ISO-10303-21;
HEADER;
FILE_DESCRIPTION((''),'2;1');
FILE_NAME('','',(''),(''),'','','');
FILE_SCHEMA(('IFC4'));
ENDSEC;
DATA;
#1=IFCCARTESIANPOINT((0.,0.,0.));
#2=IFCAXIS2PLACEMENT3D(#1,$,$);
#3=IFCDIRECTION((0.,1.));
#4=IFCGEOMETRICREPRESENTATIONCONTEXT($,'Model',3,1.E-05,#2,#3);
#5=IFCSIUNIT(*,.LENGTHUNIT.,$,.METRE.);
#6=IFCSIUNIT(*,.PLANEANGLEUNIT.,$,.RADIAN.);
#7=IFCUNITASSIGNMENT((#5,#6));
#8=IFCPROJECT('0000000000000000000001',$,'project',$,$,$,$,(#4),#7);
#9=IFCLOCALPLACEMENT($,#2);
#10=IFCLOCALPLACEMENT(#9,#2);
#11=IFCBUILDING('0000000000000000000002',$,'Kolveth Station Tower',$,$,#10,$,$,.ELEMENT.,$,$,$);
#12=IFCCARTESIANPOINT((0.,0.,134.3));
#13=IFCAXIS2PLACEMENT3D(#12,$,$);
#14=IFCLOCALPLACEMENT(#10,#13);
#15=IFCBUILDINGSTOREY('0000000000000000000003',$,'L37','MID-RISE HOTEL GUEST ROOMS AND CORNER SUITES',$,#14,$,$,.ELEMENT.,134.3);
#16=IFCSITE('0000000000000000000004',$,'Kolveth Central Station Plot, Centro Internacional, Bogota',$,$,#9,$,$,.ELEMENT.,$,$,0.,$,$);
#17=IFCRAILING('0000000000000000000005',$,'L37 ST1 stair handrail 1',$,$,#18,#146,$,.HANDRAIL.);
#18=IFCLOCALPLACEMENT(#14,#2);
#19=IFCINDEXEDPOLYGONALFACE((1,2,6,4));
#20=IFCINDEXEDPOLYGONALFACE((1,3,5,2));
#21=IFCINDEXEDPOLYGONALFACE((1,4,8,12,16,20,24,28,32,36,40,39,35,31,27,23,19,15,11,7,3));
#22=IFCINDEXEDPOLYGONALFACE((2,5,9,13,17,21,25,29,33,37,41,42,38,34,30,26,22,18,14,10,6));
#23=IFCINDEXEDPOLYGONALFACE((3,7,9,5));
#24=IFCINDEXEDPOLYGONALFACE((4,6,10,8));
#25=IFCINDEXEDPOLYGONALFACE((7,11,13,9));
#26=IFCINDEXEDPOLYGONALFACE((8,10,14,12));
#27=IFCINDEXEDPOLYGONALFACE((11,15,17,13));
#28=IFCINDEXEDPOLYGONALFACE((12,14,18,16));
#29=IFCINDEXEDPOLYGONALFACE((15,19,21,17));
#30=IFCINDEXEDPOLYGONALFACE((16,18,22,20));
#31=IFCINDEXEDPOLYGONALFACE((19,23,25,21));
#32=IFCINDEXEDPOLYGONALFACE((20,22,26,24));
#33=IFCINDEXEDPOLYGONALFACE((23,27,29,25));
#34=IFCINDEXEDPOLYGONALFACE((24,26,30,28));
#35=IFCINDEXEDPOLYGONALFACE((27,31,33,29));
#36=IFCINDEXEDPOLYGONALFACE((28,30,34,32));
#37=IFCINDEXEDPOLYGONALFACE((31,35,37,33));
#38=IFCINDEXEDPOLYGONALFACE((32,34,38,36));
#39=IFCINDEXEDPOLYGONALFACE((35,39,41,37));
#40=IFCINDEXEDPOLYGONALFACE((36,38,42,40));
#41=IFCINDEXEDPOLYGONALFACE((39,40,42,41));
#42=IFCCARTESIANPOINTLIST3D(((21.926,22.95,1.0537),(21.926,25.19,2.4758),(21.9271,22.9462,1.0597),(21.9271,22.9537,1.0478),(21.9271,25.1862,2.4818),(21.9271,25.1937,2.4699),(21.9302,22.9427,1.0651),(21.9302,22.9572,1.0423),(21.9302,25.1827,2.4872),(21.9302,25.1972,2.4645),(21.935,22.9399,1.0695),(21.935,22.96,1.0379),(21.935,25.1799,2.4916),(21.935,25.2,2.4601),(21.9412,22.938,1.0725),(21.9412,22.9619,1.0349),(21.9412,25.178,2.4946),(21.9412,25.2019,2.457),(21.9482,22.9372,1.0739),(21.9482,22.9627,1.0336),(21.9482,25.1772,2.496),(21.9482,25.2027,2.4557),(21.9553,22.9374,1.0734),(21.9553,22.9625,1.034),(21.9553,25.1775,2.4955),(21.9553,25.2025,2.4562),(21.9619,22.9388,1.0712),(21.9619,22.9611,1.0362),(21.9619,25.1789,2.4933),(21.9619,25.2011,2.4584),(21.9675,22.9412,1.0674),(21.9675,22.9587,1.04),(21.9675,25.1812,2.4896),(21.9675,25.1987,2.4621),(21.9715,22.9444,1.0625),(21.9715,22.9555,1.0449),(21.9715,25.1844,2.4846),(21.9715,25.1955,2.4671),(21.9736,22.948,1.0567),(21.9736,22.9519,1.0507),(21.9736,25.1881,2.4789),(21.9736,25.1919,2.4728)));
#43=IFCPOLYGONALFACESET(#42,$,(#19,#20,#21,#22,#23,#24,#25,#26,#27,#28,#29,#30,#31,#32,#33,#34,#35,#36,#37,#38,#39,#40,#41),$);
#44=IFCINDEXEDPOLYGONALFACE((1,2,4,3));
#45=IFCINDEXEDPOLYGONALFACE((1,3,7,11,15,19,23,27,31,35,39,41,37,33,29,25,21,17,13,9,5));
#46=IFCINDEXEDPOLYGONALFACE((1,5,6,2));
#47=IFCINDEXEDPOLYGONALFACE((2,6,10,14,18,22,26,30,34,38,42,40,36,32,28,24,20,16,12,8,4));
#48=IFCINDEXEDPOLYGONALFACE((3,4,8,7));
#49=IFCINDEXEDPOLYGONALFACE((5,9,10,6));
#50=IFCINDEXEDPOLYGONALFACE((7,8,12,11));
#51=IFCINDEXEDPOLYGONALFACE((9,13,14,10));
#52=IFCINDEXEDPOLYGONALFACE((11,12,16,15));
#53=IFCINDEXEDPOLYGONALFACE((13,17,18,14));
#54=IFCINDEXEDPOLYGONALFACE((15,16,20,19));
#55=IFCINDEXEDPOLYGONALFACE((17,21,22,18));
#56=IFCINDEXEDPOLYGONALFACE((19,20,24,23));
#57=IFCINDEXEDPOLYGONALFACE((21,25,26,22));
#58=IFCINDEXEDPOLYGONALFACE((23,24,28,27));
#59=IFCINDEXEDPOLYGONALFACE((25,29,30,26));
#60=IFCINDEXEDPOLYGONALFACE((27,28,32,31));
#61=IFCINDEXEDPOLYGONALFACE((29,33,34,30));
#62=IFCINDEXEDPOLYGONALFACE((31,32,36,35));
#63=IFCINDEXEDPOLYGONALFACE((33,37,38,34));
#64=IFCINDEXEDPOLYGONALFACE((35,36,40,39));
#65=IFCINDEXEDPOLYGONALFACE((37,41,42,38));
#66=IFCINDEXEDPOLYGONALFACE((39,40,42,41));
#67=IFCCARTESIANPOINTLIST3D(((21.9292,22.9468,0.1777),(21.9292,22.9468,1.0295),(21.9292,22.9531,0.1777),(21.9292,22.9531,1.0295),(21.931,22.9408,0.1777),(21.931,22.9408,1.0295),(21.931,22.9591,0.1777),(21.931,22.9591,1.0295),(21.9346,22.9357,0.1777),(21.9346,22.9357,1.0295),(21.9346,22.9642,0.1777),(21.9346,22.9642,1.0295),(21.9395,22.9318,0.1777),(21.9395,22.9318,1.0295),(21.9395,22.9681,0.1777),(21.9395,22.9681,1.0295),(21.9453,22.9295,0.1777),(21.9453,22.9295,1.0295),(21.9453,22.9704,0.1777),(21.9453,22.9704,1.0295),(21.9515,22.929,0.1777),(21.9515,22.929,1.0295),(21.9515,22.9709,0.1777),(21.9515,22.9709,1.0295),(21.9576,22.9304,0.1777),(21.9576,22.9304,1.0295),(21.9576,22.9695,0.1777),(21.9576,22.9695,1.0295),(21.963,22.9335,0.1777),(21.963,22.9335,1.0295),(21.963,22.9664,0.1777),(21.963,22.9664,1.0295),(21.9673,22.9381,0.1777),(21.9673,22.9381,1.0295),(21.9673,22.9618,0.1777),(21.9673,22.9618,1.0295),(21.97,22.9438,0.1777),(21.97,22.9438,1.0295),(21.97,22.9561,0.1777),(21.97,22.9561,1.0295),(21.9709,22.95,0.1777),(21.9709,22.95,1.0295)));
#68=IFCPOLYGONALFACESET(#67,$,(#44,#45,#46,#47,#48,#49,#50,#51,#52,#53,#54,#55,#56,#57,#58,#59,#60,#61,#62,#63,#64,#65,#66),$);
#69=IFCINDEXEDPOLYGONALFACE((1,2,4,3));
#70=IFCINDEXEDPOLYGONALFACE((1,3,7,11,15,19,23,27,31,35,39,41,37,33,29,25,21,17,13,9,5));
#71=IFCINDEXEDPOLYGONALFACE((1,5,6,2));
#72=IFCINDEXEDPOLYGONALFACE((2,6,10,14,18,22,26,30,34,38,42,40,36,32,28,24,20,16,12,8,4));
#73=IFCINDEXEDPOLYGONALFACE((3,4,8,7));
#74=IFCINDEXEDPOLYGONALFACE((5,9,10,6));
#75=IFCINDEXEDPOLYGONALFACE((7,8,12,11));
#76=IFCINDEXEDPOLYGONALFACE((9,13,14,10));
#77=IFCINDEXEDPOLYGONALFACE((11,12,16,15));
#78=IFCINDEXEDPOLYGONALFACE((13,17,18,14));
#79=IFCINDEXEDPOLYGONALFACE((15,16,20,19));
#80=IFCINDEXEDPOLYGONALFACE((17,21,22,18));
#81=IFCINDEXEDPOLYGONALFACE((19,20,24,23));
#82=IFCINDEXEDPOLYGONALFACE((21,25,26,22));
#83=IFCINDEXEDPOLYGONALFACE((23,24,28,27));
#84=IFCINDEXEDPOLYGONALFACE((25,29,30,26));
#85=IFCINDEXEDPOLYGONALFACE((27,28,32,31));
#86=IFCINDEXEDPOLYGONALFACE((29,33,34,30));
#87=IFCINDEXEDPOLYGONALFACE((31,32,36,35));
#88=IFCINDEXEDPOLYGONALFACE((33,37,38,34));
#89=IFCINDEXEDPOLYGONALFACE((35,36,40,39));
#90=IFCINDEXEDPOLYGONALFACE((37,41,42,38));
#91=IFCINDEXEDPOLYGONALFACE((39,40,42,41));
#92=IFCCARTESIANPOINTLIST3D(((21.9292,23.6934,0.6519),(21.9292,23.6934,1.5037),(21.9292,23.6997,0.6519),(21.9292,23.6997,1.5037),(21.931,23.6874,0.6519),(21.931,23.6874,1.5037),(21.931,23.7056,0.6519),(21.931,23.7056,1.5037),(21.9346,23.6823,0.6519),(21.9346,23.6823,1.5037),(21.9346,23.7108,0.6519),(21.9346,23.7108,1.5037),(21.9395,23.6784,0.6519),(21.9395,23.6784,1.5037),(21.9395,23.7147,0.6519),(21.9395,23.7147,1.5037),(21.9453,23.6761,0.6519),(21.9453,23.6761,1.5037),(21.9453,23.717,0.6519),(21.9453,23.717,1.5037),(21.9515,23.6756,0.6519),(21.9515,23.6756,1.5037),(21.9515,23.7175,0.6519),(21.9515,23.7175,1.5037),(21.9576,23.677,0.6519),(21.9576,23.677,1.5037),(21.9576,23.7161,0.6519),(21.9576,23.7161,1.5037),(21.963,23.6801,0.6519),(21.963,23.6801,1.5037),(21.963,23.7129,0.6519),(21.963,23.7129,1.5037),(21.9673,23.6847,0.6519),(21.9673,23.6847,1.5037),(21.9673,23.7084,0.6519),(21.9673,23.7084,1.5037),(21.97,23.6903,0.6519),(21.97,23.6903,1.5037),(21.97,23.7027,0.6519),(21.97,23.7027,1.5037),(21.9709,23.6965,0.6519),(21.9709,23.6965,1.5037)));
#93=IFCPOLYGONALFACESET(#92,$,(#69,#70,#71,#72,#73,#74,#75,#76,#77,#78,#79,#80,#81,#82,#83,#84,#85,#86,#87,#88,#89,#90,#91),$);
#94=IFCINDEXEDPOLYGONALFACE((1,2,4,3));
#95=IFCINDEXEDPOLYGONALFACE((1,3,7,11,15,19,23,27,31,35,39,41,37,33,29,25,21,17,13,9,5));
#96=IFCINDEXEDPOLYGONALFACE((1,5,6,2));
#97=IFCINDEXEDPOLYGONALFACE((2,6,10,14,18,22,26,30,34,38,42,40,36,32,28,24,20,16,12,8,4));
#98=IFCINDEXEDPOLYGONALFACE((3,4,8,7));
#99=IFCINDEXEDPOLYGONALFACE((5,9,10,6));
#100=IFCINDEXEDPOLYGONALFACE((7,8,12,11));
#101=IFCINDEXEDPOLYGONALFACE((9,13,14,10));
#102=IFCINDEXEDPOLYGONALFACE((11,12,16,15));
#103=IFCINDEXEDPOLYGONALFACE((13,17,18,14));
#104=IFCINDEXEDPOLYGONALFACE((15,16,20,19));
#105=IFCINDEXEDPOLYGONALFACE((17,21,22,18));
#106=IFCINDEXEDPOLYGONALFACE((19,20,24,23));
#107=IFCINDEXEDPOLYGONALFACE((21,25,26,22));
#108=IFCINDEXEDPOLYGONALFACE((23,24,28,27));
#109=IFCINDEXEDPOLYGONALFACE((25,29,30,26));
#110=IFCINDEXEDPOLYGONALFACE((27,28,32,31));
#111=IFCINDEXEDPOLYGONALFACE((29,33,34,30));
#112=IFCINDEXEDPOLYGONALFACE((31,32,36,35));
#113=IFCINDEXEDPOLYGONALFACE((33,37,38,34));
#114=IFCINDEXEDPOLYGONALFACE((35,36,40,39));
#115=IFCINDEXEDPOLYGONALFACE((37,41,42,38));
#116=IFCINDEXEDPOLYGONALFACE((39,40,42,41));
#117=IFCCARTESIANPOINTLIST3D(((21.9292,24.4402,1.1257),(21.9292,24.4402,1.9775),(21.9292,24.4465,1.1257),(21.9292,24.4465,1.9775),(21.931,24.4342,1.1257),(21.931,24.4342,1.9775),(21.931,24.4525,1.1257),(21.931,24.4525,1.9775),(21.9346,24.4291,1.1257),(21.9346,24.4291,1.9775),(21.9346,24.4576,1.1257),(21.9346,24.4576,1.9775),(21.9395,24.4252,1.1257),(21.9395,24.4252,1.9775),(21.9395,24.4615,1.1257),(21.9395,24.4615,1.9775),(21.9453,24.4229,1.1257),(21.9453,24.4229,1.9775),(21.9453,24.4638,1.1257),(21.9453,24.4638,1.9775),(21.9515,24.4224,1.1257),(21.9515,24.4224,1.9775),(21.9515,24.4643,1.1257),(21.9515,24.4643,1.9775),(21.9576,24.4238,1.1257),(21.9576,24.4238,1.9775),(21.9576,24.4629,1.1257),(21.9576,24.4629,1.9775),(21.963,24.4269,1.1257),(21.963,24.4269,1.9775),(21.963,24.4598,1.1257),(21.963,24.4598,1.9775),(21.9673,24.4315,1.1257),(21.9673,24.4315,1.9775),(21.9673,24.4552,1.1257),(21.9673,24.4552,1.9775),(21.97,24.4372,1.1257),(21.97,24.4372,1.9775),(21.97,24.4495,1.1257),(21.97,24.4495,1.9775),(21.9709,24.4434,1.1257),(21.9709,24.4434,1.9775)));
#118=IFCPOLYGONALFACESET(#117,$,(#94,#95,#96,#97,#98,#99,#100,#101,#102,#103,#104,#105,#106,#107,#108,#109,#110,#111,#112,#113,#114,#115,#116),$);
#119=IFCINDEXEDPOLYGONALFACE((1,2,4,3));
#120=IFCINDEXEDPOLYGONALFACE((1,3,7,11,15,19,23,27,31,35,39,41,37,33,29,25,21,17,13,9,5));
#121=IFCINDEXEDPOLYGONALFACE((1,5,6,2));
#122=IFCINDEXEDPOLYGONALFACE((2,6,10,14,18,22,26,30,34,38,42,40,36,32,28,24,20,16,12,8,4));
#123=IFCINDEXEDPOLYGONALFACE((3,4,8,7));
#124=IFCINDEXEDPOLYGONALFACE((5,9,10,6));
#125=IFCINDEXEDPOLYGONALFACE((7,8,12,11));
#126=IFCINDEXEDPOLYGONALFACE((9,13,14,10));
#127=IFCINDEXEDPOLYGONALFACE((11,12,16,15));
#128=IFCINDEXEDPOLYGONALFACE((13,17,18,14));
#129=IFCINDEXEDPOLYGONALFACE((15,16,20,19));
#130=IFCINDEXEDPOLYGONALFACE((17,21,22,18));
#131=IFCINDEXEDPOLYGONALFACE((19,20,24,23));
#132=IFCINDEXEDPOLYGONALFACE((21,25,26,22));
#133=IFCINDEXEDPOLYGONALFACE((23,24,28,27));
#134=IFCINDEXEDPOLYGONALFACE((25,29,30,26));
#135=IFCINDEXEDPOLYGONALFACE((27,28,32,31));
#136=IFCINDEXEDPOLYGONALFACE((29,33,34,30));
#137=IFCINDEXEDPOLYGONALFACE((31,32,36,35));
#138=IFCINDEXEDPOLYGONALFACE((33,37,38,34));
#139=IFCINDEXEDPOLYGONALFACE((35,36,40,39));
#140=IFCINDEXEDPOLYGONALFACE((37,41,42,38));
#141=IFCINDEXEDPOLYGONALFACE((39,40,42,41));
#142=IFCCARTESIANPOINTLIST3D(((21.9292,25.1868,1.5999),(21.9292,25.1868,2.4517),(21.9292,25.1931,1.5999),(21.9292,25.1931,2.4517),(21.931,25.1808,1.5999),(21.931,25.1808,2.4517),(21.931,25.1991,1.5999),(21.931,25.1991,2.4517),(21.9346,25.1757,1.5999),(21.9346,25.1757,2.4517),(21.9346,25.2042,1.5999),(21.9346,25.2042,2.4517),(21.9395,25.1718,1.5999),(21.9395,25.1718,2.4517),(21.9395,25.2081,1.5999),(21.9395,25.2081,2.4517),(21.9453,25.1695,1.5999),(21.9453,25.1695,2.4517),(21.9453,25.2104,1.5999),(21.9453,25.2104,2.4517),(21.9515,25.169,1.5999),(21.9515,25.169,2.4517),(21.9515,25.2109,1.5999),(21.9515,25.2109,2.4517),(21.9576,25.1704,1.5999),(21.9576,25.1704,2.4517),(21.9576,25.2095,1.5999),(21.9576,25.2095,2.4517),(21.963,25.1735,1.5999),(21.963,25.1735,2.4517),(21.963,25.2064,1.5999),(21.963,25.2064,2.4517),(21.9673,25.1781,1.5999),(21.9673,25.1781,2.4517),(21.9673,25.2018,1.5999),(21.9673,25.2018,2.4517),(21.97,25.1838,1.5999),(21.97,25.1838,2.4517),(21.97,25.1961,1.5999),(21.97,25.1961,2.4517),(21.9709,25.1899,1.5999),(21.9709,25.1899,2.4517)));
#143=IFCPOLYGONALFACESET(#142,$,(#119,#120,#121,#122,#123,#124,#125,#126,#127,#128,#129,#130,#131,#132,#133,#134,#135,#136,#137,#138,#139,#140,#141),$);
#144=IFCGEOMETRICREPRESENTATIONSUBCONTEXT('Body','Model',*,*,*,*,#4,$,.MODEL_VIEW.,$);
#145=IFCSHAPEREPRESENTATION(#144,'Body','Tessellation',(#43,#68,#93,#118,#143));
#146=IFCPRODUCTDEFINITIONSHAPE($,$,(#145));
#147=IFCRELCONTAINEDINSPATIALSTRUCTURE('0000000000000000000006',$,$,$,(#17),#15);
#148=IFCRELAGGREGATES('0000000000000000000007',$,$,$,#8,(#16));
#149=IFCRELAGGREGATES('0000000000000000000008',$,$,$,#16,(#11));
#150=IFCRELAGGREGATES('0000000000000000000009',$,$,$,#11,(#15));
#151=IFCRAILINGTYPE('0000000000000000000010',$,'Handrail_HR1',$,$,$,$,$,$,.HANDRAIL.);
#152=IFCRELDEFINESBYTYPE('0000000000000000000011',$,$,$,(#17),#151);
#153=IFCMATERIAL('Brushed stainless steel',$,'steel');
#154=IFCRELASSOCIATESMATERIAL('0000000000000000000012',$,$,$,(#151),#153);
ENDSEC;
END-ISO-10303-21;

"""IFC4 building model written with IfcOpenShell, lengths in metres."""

from ifc_helpers import new_model, si_unit, direction, frame, origin, origin_2d, place, context, subcontext, project, spatial, circle, extrude, material, type_object, element, save


model = new_model("IFC4")

# Units and contexts
model_context = context("Model", 3, precision=1e-05, world=origin(), true_north=direction((0.0, 1.0)))
body_context = subcontext(model_context, "Body", "Model", "MODEL_VIEW")
ifc_project = project(units=[si_unit("LENGTHUNIT", "METRE"), si_unit("PLANEANGLEUNIT", "RADIAN")], contexts=[model_context])

# Site, building, storey
site_placement = place(None, origin())
site = spatial("IfcSite", under=ifc_project, at=site_placement, Name="Kolveth Central Station Plot, Centro Internacional, Bogota", CompositionType="ELEMENT", RefElevation=0.0)
building_placement = place(site_placement, origin())
building = spatial("IfcBuilding", under=site, at=building_placement, Name="Kolveth Station Tower", CompositionType="ELEMENT")
storey_placement = place(building_placement, frame((0.0, 0.0, 134.3)))
storey = spatial("IfcBuildingStorey", under=building, at=storey_placement, Name="L37", Description="MID-RISE HOTEL GUEST ROOMS AND CORNER SUITES", CompositionType="ELEMENT", Elevation=134.3)

# Railing
ifc_material_1 = material(Name="Brushed stainless steel", Category="steel")
railing_type_1 = type_object("IfcRailingType", Name="Handrail_HR1", PredefinedType="HANDRAIL", material=ifc_material_1)
railing_1_placement = place(storey_placement, frame((21.95, 22.95, 0.1777)))
element("IfcRailing", 1, at=railing_1_placement, inside=storey, type_object=railing_type_1, Name="L37 ST1 stair handrail 1", PredefinedType="HANDRAIL", context=body_context, shape_type="SweptSolid", body=[
    extrude(circle(Radius=0.0239, at=origin_2d()), frame((0.0, 0.0, 0.876), z_axis=(0.0, 0.844229, 0.535982), x_axis=(-1.0, 0.0, 0.0)), (0.0, 0.0, 1.0), 2.6533),
    extrude(circle(Radius=0.021, at=origin_2d()), origin(), (0.0, 0.0, 1.0), 0.8518),
    extrude(circle(Radius=0.021, at=origin_2d()), frame((0.0, 0.7466, 0.4741)), (0.0, 0.0, 1.0), 0.8518),
    extrude(circle(Radius=0.021, at=origin_2d()), frame((0.0, 1.4934, 0.948)), (0.0, 0.0, 1.0), 0.8518),
    extrude(circle(Radius=0.021, at=origin_2d()), frame((0.0, 2.24, 1.4221)), (0.0, 0.0, 1.0), 0.8518),
])

save(model, "model.ifc")
